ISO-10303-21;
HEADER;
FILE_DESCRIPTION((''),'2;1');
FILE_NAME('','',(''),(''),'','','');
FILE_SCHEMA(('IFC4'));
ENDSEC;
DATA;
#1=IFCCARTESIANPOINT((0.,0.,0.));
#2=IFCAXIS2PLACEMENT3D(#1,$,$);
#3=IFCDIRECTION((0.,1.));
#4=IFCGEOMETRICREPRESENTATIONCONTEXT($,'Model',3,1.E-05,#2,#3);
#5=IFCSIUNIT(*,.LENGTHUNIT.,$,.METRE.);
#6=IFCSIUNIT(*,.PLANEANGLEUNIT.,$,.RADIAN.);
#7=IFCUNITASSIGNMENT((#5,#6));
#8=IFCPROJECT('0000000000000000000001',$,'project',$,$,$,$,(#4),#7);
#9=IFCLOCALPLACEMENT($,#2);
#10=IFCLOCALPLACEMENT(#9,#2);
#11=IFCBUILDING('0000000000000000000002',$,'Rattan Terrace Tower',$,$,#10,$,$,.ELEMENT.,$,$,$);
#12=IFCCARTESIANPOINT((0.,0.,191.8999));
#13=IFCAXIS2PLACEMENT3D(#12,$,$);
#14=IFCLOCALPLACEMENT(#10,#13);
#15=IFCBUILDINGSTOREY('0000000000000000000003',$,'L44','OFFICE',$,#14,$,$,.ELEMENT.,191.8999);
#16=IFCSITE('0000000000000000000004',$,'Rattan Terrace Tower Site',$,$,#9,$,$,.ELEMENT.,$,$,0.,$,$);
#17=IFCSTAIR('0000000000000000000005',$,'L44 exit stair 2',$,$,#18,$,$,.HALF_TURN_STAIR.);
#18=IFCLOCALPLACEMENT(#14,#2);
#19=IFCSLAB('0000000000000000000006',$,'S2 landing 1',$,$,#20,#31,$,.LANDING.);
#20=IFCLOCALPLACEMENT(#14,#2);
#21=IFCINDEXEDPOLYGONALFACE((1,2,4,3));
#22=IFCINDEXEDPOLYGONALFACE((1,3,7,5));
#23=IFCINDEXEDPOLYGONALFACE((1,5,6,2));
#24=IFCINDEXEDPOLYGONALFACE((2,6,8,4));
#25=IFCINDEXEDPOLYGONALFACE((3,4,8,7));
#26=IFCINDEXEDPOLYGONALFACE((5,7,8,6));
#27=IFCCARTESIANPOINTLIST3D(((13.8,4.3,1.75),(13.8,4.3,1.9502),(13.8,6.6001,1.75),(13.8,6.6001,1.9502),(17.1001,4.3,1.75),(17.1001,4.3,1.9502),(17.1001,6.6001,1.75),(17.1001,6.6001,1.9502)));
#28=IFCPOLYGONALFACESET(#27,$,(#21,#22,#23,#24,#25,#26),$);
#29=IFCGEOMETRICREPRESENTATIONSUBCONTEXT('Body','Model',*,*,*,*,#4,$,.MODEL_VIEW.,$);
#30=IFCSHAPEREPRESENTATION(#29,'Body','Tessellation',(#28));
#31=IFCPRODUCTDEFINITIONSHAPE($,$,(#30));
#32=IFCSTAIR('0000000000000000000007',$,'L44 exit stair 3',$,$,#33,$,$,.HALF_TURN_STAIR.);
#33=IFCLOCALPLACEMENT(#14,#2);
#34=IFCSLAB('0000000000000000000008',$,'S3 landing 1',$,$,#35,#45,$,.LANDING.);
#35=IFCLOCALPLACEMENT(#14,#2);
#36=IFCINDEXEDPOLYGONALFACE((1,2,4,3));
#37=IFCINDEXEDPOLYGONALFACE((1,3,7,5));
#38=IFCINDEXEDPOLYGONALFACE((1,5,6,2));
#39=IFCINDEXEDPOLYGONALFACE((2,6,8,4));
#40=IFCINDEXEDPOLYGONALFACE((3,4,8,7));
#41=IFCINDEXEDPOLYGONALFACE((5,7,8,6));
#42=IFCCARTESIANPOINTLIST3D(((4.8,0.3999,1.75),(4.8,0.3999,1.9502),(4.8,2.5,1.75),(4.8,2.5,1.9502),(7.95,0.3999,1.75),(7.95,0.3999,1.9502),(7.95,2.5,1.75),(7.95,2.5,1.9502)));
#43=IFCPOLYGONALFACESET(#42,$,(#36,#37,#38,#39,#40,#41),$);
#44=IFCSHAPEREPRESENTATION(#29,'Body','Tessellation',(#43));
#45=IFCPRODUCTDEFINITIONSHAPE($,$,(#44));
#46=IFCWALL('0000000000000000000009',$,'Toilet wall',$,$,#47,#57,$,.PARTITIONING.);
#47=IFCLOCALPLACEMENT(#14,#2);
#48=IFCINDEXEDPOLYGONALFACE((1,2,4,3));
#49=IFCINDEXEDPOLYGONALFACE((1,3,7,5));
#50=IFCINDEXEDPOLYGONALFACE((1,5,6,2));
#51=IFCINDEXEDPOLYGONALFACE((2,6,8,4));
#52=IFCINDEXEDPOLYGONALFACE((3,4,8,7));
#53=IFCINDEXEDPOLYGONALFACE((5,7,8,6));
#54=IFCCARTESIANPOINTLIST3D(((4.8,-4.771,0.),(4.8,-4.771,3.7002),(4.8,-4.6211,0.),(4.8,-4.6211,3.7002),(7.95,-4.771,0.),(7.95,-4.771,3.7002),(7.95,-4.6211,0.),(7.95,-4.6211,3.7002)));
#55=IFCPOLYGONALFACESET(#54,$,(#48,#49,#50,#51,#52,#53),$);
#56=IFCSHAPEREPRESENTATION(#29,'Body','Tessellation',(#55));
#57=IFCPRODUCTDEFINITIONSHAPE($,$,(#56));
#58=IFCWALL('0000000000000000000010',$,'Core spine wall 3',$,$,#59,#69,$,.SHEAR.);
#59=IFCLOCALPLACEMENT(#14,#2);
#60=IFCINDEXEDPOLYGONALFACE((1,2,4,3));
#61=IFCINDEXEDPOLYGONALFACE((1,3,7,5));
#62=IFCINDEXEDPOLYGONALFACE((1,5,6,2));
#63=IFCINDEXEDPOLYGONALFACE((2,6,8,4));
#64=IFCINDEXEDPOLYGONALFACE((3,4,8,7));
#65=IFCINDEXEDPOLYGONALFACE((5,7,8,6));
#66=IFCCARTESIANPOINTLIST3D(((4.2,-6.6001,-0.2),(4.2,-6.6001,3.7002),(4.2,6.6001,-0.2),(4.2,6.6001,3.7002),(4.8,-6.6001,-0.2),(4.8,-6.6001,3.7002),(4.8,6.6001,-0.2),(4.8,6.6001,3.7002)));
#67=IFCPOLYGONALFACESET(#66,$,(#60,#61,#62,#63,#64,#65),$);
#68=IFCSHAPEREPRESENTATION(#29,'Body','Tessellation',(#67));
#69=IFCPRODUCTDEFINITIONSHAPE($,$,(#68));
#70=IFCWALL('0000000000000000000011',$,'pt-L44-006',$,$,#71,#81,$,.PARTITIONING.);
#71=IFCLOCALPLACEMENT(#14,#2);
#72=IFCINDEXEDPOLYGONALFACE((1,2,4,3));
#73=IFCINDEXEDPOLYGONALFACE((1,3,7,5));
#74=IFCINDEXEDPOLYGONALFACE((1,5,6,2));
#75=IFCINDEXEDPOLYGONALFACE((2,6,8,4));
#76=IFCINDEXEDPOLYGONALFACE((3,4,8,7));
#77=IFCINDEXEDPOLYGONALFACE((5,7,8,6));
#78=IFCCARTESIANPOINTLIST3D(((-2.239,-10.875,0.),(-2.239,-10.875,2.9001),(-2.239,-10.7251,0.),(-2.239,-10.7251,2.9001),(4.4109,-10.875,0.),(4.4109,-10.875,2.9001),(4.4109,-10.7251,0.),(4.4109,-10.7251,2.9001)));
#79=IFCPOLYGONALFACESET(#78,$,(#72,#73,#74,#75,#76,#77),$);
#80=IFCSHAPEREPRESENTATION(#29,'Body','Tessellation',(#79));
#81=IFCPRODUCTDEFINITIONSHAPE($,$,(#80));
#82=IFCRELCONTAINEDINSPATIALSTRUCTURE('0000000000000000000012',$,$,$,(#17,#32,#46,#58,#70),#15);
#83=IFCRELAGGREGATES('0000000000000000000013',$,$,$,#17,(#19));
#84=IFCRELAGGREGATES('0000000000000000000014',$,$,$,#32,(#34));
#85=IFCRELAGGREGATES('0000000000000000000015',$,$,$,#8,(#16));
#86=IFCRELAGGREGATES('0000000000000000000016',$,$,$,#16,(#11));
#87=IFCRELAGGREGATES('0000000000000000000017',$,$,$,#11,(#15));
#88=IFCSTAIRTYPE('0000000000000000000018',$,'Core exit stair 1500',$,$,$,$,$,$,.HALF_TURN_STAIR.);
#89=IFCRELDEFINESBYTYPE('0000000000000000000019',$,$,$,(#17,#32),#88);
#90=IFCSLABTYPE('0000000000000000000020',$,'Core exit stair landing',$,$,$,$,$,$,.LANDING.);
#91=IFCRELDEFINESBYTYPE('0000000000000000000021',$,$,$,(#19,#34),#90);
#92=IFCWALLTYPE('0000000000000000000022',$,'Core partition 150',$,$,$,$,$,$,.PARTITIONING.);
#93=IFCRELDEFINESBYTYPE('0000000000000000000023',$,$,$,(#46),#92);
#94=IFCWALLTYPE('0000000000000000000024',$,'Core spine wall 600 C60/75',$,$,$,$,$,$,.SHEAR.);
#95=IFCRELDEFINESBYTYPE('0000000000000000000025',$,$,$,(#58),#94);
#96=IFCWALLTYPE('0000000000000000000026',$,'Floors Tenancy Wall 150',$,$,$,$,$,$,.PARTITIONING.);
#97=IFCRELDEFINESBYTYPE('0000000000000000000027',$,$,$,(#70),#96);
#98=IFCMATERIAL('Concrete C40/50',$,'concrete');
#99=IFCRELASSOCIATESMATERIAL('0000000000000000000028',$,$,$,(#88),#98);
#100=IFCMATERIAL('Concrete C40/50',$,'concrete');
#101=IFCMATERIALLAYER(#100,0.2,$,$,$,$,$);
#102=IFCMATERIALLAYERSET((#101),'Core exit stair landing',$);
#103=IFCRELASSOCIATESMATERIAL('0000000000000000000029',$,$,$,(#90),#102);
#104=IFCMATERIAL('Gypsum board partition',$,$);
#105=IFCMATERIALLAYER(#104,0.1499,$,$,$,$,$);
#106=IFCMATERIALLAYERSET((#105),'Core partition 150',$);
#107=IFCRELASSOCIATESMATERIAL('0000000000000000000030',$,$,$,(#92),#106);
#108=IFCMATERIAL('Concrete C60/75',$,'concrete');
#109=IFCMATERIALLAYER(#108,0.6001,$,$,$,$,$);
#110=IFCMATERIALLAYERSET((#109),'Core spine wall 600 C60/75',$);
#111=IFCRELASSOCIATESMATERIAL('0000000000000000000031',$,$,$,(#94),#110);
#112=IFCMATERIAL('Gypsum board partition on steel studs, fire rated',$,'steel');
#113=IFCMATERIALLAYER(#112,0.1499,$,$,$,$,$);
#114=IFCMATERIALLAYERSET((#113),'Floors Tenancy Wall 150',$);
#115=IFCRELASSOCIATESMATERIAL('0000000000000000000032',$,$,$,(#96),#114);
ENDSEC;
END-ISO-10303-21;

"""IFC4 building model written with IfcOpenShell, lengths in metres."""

from ifc_helpers import new_model, si_unit, direction, frame, frame_2d, origin, place, context, subcontext, project, spatial, polyline, rectangle, outline, extrude, material, layer, layer_set, type_object, element, aggregate, save


model = new_model("IFC4")

# Units and contexts
model_context = context("Model", 3, precision=1e-05, world=origin(), true_north=direction((0.0, 1.0)))
body_context = subcontext(model_context, "Body", "Model", "MODEL_VIEW")
ifc_project = project(units=[si_unit("LENGTHUNIT", "METRE"), si_unit("PLANEANGLEUNIT", "RADIAN")], contexts=[model_context])

# Site, building, storey
site_placement = place(None, origin())
site = spatial("IfcSite", under=ifc_project, at=site_placement, Name="Rattan Terrace Tower Site", CompositionType="ELEMENT", RefElevation=0.0)
building_placement = place(site_placement, origin())
building = spatial("IfcBuilding", under=site, at=building_placement, Name="Rattan Terrace Tower", CompositionType="ELEMENT")
storey_placement = place(building_placement, frame((0.0, 0.0, 191.8999)))
storey = spatial("IfcBuildingStorey", under=building, at=storey_placement, Name="L44", Description="OFFICE", CompositionType="ELEMENT", Elevation=191.8999)

# Stairs, slabs
ifc_material_1 = material(Name="Concrete C40/50", Category="concrete")
stair_type = type_object("IfcStairType", Name="Core exit stair 1500", PredefinedType="HALF_TURN_STAIR", material=ifc_material_1)
stair_1_placement = place(storey_placement, origin())
stair_1 = element("IfcStair", 1, at=stair_1_placement, inside=storey, type_object=stair_type, Name="L44 exit stair 2", PredefinedType="HALF_TURN_STAIR")
ifc_material_2 = material(Name="Concrete C40/50", Category="concrete")
ifc_layer_1 = layer(ifc_material_2, 0.2)
ifc_layer_set_1 = layer_set([ifc_layer_1], Name="Core exit stair landing")
slab_type = type_object("IfcSlabType", Name="Core exit stair landing", PredefinedType="LANDING", material=ifc_layer_set_1)
slab_1_placement = place(storey_placement, frame((0.0, 0.0, 1.75)))
slab_1 = element("IfcSlab", 2, at=slab_1_placement, type_object=slab_type, Name="S2 landing 1", PredefinedType="LANDING", context=body_context, shape_type="SweptSolid", body=[
    extrude(outline(polyline([(17.1001, 4.3), (17.1001, 6.6001), (13.8, 6.6001), (13.8, 4.3), (17.1001, 4.3)])), origin(), (0.0, 0.0, 1.0), 0.2002),
])
aggregate(stair_1, [slab_1])
stair_2_placement = place(storey_placement, origin())
stair_2 = element("IfcStair", 3, at=stair_2_placement, inside=storey, type_object=stair_type, Name="L44 exit stair 3", PredefinedType="HALF_TURN_STAIR")
slab_2_placement = place(storey_placement, frame((0.0, 0.0, 1.75)))
slab_2 = element("IfcSlab", 4, at=slab_2_placement, type_object=slab_type, Name="S3 landing 1", PredefinedType="LANDING", context=body_context, shape_type="SweptSolid", body=[
    extrude(outline(polyline([(4.8, 2.5), (4.8, 0.3999), (7.95, 0.3999), (7.95, 2.5), (4.8, 2.5)])), origin(), (0.0, 0.0, 1.0), 0.2002),
])
aggregate(stair_2, [slab_2])

# Walls
ifc_material_3 = material(Name="Gypsum board partition")
ifc_layer_2 = layer(ifc_material_3, 0.1499)
ifc_layer_set_2 = layer_set([ifc_layer_2], Name="Core partition 150")
wall_type_1 = type_object("IfcWallType", Name="Core partition 150", PredefinedType="PARTITIONING", material=ifc_layer_set_2)
wall_1_placement = place(storey_placement, frame((4.8, -4.696, 0.0), z_axis=(0.0, 0.0, 1.0), x_axis=(1.0, 0.0, 0.0)))
element("IfcWall", 5, at=wall_1_placement, inside=storey, type_object=wall_type_1, Name="Toilet wall", PredefinedType="PARTITIONING", context=body_context, shape_type="SweptSolid", body=[
    extrude(rectangle(XDim=3.1499, YDim=0.1499, at=frame_2d((1.575, 0.0))), origin(), (0.0, 0.0, 1.0), 3.7002),
])
ifc_material_4 = material(Name="Concrete C60/75", Category="concrete")
ifc_layer_3 = layer(ifc_material_4, 0.6001)
ifc_layer_set_3 = layer_set([ifc_layer_3], Name="Core spine wall 600 C60/75")
wall_type_2 = type_object("IfcWallType", Name="Core spine wall 600 C60/75", PredefinedType="SHEAR", material=ifc_layer_set_3)
wall_2_placement = place(storey_placement, frame((4.5, -6.6001, -0.2), z_axis=(0.0, 0.0, 1.0), x_axis=(0.0, 1.0, 0.0)))
element("IfcWall", 6, at=wall_2_placement, inside=storey, type_object=wall_type_2, Name="Core spine wall 3", PredefinedType="SHEAR", context=body_context, shape_type="SweptSolid", body=[
    extrude(rectangle(XDim=13.2002, YDim=0.6001, at=frame_2d((6.6001, 0.0))), origin(), (0.0, 0.0, 1.0), 3.9001),
])
ifc_material_5 = material(Name="Gypsum board partition on steel studs, fire rated", Category="steel")
ifc_layer_4 = layer(ifc_material_5, 0.1499)
ifc_layer_set_4 = layer_set([ifc_layer_4], Name="Floors Tenancy Wall 150")
wall_type_3 = type_object("IfcWallType", Name="Floors Tenancy Wall 150", PredefinedType="PARTITIONING", material=ifc_layer_set_4)
wall_3_placement = place(storey_placement, frame((4.4109, -10.8, 0.0), z_axis=(0.0, 0.0, 1.0), x_axis=(-1.0, 0.0, 0.0)))
element("IfcWall", 7, at=wall_3_placement, inside=storey, type_object=wall_type_3, Name="pt-L44-006", PredefinedType="PARTITIONING", context=body_context, shape_type="SweptSolid", body=[
    extrude(rectangle(XDim=6.6499, YDim=0.1499, at=frame_2d((3.325, 0.0))), origin(), (0.0, 0.0, 1.0), 2.9001),
])

save(model, "model.ifc")
